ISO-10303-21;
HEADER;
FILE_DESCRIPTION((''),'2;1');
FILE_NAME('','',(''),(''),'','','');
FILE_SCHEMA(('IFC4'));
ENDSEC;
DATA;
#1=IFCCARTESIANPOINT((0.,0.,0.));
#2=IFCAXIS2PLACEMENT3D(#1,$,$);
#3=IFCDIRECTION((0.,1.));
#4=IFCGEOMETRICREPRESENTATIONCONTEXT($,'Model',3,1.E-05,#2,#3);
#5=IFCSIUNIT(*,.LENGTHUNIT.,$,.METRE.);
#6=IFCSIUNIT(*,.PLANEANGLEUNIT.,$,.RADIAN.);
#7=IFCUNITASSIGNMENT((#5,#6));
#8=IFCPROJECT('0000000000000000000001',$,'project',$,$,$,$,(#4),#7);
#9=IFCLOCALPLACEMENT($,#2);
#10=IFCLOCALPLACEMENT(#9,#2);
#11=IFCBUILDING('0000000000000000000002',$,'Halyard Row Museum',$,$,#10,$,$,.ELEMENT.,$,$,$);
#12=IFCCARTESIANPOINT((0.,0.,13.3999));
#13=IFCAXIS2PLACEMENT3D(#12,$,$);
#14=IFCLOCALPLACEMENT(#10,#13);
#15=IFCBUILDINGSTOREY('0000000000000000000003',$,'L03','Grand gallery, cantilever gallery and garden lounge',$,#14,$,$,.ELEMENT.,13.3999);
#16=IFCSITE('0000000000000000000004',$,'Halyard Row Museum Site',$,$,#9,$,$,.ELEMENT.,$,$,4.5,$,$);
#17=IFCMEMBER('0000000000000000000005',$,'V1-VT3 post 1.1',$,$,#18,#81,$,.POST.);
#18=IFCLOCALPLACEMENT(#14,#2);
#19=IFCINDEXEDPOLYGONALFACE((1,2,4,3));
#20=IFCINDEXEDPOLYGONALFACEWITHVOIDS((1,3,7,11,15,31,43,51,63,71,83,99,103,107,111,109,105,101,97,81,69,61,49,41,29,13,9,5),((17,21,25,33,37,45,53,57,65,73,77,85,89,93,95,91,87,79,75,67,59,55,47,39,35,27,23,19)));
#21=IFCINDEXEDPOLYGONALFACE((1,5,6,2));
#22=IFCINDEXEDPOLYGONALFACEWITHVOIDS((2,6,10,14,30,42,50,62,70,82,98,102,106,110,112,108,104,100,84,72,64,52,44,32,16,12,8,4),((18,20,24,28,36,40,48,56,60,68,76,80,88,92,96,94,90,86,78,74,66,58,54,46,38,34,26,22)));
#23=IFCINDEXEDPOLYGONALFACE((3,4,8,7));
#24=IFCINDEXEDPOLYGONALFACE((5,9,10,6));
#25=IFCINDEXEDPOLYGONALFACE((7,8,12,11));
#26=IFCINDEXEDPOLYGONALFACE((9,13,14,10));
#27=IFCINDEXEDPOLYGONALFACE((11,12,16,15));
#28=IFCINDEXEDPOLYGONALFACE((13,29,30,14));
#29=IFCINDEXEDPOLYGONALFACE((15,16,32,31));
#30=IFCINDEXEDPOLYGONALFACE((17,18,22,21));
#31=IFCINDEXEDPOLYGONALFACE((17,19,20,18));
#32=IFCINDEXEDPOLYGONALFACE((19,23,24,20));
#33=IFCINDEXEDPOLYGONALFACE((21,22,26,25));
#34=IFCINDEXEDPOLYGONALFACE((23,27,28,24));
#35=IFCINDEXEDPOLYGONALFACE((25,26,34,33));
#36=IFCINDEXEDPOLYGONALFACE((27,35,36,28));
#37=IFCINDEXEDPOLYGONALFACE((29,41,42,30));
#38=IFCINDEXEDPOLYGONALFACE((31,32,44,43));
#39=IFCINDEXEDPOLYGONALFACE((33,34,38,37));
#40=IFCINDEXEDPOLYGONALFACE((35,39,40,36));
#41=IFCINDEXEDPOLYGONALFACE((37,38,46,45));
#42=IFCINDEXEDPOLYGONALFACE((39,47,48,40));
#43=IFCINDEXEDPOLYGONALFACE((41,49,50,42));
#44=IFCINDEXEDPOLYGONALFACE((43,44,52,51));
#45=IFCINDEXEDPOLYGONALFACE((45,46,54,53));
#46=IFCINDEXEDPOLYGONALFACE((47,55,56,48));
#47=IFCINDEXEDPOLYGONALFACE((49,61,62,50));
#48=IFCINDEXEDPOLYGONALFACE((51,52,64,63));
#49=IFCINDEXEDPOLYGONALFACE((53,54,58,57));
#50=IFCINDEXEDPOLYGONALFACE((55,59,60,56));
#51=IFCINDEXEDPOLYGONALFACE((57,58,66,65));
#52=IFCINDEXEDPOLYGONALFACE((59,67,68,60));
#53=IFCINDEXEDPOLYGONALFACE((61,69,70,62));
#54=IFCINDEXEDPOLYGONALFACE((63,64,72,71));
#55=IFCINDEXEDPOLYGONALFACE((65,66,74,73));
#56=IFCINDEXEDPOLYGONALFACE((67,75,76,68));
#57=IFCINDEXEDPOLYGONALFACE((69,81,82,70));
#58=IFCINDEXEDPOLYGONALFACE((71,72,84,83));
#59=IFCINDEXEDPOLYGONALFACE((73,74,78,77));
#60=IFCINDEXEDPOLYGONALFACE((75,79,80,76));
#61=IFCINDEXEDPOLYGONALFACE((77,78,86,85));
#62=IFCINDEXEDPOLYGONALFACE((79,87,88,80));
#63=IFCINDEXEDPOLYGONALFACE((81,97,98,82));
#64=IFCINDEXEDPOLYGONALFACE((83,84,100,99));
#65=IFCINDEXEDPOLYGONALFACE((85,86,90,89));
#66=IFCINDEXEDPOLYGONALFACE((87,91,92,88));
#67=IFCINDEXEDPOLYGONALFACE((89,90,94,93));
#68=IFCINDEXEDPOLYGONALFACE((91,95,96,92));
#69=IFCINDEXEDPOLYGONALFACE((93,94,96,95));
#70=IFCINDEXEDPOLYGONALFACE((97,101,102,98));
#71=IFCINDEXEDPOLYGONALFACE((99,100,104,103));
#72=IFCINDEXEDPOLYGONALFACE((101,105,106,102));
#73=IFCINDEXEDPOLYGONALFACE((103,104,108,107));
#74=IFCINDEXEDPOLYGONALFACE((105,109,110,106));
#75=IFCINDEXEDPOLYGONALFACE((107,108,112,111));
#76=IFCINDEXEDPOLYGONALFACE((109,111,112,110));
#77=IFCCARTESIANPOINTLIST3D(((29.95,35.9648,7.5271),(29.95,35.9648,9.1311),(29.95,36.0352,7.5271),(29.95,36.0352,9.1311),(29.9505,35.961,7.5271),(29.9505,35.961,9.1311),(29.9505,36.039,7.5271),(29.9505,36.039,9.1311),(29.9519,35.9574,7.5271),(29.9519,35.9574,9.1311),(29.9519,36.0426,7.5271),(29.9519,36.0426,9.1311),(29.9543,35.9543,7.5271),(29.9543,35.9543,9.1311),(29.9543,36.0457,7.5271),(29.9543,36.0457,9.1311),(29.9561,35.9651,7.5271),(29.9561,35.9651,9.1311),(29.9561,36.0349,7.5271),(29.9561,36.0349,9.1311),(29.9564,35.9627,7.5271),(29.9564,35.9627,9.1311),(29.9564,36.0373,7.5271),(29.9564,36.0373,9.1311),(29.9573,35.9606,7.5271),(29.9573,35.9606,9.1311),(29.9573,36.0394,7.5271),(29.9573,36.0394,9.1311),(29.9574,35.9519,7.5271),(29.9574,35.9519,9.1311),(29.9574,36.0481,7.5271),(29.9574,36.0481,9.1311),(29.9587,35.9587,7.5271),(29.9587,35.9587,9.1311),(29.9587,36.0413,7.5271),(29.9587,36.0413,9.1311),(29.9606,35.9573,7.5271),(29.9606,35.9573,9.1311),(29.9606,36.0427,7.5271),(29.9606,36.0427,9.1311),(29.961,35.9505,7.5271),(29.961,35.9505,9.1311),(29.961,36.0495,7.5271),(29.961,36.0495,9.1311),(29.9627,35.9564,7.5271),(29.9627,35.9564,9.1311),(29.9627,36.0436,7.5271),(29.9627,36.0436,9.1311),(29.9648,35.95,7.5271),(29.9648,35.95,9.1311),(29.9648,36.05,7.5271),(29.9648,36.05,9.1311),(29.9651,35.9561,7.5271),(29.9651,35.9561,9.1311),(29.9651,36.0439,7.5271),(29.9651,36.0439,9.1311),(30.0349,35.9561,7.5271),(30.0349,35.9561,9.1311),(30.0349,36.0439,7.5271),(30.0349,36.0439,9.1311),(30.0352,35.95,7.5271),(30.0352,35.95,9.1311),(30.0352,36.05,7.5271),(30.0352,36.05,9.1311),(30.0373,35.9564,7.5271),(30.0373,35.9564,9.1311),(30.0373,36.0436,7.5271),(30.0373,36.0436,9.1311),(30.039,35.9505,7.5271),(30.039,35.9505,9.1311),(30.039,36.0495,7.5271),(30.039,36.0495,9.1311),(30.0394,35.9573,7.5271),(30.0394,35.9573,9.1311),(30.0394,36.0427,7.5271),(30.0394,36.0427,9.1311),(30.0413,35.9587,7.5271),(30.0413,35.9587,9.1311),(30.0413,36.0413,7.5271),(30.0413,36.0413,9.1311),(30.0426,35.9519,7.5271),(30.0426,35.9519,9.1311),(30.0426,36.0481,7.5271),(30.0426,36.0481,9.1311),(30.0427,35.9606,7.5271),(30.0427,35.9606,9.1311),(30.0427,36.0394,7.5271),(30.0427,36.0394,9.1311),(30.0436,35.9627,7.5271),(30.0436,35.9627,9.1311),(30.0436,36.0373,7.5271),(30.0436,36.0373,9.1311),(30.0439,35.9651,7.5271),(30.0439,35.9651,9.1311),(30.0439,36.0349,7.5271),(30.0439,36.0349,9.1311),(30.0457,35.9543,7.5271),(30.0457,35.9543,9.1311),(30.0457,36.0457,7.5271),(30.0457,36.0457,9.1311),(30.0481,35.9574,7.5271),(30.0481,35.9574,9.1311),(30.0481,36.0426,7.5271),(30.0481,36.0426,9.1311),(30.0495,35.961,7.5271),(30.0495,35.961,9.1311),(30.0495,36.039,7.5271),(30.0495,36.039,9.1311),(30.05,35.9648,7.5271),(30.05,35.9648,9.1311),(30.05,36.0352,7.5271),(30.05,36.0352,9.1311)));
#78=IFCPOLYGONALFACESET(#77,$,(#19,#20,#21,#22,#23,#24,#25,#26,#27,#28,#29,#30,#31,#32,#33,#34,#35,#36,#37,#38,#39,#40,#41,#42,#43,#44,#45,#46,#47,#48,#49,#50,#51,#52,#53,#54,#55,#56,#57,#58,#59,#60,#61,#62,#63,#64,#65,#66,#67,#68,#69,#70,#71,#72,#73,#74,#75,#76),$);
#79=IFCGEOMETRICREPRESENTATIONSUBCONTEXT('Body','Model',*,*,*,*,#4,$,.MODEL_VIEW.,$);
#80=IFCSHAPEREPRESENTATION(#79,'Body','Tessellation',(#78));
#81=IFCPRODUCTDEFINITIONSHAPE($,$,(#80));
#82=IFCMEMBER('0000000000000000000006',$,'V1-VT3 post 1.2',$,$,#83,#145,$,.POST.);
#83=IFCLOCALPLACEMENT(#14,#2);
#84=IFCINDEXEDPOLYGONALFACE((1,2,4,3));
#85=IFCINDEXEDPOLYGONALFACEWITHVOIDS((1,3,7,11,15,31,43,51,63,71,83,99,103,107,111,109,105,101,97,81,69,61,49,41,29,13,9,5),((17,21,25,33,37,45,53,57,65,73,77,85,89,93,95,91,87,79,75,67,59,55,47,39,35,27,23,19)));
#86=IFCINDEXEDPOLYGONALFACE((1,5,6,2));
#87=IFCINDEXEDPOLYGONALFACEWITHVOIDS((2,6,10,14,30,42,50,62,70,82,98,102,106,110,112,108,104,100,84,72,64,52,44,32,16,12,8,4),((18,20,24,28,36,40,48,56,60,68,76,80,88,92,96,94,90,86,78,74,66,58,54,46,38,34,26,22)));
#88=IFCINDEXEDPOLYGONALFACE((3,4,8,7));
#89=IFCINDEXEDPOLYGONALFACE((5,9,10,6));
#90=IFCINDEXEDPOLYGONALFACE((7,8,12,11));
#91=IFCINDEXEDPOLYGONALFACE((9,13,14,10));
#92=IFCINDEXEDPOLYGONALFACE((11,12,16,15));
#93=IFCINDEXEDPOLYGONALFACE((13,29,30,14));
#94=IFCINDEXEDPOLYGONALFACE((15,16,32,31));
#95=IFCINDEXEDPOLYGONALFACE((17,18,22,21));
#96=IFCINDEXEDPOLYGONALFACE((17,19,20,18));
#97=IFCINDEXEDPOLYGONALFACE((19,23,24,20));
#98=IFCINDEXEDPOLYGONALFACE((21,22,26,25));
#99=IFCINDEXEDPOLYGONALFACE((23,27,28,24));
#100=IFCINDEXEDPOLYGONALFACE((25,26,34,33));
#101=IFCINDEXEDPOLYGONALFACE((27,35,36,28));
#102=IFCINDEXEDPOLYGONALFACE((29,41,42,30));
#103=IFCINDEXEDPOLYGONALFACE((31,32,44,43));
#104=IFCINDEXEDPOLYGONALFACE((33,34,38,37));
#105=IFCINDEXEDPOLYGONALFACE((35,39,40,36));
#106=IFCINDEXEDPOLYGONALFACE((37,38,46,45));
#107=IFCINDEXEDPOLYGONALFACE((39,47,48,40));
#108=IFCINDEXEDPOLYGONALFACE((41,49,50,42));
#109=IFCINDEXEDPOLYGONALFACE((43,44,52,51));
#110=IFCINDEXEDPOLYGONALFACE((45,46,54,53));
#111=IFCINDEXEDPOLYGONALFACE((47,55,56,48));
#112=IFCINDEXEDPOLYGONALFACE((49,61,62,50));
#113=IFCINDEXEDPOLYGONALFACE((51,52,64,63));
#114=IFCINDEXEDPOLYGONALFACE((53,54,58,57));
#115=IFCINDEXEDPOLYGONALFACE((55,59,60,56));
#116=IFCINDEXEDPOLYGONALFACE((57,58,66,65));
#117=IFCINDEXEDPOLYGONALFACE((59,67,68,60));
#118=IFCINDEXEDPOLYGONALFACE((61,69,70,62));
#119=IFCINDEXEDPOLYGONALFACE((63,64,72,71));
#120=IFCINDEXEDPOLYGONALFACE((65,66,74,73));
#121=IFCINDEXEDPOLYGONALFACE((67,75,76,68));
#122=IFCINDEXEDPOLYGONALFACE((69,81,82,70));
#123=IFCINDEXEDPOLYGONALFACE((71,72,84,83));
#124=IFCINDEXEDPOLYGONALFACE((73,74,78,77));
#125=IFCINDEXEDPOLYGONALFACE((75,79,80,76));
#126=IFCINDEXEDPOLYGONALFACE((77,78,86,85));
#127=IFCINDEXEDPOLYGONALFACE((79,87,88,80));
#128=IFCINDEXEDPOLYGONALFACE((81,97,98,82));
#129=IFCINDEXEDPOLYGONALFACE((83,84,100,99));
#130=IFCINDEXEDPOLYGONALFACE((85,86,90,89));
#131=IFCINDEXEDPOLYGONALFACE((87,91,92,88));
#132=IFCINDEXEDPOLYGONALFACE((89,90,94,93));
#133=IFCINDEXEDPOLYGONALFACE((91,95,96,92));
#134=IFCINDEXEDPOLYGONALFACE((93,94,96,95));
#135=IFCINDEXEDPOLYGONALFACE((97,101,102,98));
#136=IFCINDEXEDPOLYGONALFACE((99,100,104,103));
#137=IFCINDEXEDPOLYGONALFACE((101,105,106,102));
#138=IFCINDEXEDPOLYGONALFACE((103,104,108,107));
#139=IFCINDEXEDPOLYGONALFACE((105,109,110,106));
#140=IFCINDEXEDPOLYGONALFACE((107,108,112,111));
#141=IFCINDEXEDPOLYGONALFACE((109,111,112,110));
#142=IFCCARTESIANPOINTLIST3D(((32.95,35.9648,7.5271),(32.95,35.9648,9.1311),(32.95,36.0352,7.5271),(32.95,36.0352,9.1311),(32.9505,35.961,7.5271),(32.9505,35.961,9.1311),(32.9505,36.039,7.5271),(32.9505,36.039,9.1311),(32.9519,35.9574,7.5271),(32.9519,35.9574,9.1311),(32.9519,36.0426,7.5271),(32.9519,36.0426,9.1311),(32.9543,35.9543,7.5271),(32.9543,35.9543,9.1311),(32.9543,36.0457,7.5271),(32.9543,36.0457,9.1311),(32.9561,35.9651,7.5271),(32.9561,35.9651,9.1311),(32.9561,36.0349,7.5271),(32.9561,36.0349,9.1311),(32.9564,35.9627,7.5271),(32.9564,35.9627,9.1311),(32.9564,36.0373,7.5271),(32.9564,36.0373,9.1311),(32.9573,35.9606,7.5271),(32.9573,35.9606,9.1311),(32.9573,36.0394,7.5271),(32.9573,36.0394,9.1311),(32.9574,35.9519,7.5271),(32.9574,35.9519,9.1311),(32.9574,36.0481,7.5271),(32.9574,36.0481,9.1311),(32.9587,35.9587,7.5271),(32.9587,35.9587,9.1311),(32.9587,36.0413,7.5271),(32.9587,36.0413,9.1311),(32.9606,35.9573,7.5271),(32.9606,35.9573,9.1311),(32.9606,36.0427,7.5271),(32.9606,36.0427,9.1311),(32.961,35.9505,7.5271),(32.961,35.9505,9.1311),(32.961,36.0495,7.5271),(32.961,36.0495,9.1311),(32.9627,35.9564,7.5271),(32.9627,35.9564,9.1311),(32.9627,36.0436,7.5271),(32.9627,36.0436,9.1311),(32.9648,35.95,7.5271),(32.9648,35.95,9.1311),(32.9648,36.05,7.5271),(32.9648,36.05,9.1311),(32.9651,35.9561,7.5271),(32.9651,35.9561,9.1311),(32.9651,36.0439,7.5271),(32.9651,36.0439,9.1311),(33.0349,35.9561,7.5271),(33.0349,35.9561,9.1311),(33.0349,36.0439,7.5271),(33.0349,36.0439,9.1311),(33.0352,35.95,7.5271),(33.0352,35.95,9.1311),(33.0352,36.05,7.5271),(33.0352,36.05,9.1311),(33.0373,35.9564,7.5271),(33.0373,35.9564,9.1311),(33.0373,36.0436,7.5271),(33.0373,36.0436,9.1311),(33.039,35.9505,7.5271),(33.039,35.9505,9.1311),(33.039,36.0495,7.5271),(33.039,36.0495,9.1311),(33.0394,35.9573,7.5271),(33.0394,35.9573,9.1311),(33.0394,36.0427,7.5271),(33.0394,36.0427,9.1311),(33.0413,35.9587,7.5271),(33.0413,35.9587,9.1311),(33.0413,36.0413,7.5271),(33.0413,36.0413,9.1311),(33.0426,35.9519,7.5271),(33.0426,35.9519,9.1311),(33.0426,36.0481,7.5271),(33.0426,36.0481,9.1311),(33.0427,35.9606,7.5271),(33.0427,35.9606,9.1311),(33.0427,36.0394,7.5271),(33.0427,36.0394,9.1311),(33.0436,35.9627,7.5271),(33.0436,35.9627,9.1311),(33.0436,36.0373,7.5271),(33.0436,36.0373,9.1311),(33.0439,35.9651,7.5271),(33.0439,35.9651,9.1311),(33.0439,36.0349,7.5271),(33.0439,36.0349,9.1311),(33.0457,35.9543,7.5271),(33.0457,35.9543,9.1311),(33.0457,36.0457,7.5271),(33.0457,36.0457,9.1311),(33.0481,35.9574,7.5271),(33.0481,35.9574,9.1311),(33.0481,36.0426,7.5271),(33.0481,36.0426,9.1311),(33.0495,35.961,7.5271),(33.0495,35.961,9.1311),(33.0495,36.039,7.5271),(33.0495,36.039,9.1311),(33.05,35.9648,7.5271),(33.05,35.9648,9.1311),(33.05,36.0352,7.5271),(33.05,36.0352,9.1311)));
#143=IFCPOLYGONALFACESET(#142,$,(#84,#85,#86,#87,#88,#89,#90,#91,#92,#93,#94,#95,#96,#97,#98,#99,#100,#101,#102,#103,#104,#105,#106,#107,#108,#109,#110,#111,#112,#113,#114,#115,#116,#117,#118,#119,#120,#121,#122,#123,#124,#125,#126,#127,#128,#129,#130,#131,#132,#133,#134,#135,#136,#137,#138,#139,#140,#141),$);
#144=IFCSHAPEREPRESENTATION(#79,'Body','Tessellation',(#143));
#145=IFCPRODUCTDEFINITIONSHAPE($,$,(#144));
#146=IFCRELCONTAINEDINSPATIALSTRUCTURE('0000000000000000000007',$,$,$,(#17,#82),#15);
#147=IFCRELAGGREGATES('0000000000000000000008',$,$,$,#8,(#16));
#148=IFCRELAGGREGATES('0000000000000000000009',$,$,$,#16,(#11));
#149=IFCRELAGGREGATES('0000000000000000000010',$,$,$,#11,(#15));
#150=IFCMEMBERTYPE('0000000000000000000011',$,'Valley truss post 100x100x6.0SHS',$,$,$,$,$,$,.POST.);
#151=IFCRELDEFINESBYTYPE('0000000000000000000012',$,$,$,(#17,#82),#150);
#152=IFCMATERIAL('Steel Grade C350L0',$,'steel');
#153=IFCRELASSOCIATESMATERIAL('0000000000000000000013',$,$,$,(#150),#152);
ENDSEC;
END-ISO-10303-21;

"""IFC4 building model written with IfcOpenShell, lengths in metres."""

from ifc_helpers import new_model, si_unit, direction, frame, origin, origin_2d, place, context, subcontext, project, spatial, hollow_rectangle, extrude, material, material_profile, profile_set, type_object, element, save


model = new_model("IFC4")

# Units and contexts
model_context = context("Model", 3, precision=1e-05, world=origin(), true_north=direction((0.0, 1.0)))
body_context = subcontext(model_context, "Body", "Model", "MODEL_VIEW")
ifc_project = project(units=[si_unit("LENGTHUNIT", "METRE"), si_unit("PLANEANGLEUNIT", "RADIAN")], contexts=[model_context])

# Site, building, storey
site_placement = place(None, origin())
site = spatial("IfcSite", under=ifc_project, at=site_placement, Name="Halyard Row Museum Site", CompositionType="ELEMENT", RefElevation=4.5)
building_placement = place(site_placement, origin())
building = spatial("IfcBuilding", under=site, at=building_placement, Name="Halyard Row Museum", CompositionType="ELEMENT")
storey_placement = place(building_placement, frame((0.0, 0.0, 13.3999)))
storey = spatial("IfcBuildingStorey", under=building, at=storey_placement, Name="L03", Description="Grand gallery, cantilever gallery and garden lounge", CompositionType="ELEMENT", Elevation=13.3999)

# Members
ifc_material_1 = material(Name="Steel Grade C350L0", Category="steel")
ifc_material_profile_1 = material_profile(ifc_material_1, hollow_rectangle(XDim=0.1001, YDim=0.1001, WallThickness=0.0061, InnerFilletRadius=0.009, OuterFilletRadius=0.0149, at=origin_2d()), Name="100x100x6.0SHS")
ifc_profile_set_1 = profile_set([ifc_material_profile_1], Name="Steel Grade C350L0")
member_type_1 = type_object("IfcMemberType", Name="Valley truss post 100x100x6.0SHS", PredefinedType="POST", material=ifc_profile_set_1)
for number, where, z_axis, x_axis, name in (
    (1, (30.0, 36.0, 7.5271), (0.0, 0.0, 1.0), (1.0, 0.0, 0.0), "V1-VT3 post 1.1"),
    (2, (33.0, 36.0, 7.5271), (0.0, 0.0, 1.0), (1.0, 0.0, 0.0), "V1-VT3 post 1.2"),
):
    element("IfcMember", number, at=place(storey_placement, frame(where, z_axis=z_axis, x_axis=x_axis)), inside=storey, type_object=member_type_1, Name=name, PredefinedType="POST", context=body_context, shape_type="SweptSolid", body=[
        extrude(hollow_rectangle(XDim=0.1001, YDim=0.1001, WallThickness=0.0061, InnerFilletRadius=0.009, OuterFilletRadius=0.0149, at=origin_2d()), origin(), (0.0, 0.0, 1.0), 1.604),
    ])

save(model, "model.ifc")
